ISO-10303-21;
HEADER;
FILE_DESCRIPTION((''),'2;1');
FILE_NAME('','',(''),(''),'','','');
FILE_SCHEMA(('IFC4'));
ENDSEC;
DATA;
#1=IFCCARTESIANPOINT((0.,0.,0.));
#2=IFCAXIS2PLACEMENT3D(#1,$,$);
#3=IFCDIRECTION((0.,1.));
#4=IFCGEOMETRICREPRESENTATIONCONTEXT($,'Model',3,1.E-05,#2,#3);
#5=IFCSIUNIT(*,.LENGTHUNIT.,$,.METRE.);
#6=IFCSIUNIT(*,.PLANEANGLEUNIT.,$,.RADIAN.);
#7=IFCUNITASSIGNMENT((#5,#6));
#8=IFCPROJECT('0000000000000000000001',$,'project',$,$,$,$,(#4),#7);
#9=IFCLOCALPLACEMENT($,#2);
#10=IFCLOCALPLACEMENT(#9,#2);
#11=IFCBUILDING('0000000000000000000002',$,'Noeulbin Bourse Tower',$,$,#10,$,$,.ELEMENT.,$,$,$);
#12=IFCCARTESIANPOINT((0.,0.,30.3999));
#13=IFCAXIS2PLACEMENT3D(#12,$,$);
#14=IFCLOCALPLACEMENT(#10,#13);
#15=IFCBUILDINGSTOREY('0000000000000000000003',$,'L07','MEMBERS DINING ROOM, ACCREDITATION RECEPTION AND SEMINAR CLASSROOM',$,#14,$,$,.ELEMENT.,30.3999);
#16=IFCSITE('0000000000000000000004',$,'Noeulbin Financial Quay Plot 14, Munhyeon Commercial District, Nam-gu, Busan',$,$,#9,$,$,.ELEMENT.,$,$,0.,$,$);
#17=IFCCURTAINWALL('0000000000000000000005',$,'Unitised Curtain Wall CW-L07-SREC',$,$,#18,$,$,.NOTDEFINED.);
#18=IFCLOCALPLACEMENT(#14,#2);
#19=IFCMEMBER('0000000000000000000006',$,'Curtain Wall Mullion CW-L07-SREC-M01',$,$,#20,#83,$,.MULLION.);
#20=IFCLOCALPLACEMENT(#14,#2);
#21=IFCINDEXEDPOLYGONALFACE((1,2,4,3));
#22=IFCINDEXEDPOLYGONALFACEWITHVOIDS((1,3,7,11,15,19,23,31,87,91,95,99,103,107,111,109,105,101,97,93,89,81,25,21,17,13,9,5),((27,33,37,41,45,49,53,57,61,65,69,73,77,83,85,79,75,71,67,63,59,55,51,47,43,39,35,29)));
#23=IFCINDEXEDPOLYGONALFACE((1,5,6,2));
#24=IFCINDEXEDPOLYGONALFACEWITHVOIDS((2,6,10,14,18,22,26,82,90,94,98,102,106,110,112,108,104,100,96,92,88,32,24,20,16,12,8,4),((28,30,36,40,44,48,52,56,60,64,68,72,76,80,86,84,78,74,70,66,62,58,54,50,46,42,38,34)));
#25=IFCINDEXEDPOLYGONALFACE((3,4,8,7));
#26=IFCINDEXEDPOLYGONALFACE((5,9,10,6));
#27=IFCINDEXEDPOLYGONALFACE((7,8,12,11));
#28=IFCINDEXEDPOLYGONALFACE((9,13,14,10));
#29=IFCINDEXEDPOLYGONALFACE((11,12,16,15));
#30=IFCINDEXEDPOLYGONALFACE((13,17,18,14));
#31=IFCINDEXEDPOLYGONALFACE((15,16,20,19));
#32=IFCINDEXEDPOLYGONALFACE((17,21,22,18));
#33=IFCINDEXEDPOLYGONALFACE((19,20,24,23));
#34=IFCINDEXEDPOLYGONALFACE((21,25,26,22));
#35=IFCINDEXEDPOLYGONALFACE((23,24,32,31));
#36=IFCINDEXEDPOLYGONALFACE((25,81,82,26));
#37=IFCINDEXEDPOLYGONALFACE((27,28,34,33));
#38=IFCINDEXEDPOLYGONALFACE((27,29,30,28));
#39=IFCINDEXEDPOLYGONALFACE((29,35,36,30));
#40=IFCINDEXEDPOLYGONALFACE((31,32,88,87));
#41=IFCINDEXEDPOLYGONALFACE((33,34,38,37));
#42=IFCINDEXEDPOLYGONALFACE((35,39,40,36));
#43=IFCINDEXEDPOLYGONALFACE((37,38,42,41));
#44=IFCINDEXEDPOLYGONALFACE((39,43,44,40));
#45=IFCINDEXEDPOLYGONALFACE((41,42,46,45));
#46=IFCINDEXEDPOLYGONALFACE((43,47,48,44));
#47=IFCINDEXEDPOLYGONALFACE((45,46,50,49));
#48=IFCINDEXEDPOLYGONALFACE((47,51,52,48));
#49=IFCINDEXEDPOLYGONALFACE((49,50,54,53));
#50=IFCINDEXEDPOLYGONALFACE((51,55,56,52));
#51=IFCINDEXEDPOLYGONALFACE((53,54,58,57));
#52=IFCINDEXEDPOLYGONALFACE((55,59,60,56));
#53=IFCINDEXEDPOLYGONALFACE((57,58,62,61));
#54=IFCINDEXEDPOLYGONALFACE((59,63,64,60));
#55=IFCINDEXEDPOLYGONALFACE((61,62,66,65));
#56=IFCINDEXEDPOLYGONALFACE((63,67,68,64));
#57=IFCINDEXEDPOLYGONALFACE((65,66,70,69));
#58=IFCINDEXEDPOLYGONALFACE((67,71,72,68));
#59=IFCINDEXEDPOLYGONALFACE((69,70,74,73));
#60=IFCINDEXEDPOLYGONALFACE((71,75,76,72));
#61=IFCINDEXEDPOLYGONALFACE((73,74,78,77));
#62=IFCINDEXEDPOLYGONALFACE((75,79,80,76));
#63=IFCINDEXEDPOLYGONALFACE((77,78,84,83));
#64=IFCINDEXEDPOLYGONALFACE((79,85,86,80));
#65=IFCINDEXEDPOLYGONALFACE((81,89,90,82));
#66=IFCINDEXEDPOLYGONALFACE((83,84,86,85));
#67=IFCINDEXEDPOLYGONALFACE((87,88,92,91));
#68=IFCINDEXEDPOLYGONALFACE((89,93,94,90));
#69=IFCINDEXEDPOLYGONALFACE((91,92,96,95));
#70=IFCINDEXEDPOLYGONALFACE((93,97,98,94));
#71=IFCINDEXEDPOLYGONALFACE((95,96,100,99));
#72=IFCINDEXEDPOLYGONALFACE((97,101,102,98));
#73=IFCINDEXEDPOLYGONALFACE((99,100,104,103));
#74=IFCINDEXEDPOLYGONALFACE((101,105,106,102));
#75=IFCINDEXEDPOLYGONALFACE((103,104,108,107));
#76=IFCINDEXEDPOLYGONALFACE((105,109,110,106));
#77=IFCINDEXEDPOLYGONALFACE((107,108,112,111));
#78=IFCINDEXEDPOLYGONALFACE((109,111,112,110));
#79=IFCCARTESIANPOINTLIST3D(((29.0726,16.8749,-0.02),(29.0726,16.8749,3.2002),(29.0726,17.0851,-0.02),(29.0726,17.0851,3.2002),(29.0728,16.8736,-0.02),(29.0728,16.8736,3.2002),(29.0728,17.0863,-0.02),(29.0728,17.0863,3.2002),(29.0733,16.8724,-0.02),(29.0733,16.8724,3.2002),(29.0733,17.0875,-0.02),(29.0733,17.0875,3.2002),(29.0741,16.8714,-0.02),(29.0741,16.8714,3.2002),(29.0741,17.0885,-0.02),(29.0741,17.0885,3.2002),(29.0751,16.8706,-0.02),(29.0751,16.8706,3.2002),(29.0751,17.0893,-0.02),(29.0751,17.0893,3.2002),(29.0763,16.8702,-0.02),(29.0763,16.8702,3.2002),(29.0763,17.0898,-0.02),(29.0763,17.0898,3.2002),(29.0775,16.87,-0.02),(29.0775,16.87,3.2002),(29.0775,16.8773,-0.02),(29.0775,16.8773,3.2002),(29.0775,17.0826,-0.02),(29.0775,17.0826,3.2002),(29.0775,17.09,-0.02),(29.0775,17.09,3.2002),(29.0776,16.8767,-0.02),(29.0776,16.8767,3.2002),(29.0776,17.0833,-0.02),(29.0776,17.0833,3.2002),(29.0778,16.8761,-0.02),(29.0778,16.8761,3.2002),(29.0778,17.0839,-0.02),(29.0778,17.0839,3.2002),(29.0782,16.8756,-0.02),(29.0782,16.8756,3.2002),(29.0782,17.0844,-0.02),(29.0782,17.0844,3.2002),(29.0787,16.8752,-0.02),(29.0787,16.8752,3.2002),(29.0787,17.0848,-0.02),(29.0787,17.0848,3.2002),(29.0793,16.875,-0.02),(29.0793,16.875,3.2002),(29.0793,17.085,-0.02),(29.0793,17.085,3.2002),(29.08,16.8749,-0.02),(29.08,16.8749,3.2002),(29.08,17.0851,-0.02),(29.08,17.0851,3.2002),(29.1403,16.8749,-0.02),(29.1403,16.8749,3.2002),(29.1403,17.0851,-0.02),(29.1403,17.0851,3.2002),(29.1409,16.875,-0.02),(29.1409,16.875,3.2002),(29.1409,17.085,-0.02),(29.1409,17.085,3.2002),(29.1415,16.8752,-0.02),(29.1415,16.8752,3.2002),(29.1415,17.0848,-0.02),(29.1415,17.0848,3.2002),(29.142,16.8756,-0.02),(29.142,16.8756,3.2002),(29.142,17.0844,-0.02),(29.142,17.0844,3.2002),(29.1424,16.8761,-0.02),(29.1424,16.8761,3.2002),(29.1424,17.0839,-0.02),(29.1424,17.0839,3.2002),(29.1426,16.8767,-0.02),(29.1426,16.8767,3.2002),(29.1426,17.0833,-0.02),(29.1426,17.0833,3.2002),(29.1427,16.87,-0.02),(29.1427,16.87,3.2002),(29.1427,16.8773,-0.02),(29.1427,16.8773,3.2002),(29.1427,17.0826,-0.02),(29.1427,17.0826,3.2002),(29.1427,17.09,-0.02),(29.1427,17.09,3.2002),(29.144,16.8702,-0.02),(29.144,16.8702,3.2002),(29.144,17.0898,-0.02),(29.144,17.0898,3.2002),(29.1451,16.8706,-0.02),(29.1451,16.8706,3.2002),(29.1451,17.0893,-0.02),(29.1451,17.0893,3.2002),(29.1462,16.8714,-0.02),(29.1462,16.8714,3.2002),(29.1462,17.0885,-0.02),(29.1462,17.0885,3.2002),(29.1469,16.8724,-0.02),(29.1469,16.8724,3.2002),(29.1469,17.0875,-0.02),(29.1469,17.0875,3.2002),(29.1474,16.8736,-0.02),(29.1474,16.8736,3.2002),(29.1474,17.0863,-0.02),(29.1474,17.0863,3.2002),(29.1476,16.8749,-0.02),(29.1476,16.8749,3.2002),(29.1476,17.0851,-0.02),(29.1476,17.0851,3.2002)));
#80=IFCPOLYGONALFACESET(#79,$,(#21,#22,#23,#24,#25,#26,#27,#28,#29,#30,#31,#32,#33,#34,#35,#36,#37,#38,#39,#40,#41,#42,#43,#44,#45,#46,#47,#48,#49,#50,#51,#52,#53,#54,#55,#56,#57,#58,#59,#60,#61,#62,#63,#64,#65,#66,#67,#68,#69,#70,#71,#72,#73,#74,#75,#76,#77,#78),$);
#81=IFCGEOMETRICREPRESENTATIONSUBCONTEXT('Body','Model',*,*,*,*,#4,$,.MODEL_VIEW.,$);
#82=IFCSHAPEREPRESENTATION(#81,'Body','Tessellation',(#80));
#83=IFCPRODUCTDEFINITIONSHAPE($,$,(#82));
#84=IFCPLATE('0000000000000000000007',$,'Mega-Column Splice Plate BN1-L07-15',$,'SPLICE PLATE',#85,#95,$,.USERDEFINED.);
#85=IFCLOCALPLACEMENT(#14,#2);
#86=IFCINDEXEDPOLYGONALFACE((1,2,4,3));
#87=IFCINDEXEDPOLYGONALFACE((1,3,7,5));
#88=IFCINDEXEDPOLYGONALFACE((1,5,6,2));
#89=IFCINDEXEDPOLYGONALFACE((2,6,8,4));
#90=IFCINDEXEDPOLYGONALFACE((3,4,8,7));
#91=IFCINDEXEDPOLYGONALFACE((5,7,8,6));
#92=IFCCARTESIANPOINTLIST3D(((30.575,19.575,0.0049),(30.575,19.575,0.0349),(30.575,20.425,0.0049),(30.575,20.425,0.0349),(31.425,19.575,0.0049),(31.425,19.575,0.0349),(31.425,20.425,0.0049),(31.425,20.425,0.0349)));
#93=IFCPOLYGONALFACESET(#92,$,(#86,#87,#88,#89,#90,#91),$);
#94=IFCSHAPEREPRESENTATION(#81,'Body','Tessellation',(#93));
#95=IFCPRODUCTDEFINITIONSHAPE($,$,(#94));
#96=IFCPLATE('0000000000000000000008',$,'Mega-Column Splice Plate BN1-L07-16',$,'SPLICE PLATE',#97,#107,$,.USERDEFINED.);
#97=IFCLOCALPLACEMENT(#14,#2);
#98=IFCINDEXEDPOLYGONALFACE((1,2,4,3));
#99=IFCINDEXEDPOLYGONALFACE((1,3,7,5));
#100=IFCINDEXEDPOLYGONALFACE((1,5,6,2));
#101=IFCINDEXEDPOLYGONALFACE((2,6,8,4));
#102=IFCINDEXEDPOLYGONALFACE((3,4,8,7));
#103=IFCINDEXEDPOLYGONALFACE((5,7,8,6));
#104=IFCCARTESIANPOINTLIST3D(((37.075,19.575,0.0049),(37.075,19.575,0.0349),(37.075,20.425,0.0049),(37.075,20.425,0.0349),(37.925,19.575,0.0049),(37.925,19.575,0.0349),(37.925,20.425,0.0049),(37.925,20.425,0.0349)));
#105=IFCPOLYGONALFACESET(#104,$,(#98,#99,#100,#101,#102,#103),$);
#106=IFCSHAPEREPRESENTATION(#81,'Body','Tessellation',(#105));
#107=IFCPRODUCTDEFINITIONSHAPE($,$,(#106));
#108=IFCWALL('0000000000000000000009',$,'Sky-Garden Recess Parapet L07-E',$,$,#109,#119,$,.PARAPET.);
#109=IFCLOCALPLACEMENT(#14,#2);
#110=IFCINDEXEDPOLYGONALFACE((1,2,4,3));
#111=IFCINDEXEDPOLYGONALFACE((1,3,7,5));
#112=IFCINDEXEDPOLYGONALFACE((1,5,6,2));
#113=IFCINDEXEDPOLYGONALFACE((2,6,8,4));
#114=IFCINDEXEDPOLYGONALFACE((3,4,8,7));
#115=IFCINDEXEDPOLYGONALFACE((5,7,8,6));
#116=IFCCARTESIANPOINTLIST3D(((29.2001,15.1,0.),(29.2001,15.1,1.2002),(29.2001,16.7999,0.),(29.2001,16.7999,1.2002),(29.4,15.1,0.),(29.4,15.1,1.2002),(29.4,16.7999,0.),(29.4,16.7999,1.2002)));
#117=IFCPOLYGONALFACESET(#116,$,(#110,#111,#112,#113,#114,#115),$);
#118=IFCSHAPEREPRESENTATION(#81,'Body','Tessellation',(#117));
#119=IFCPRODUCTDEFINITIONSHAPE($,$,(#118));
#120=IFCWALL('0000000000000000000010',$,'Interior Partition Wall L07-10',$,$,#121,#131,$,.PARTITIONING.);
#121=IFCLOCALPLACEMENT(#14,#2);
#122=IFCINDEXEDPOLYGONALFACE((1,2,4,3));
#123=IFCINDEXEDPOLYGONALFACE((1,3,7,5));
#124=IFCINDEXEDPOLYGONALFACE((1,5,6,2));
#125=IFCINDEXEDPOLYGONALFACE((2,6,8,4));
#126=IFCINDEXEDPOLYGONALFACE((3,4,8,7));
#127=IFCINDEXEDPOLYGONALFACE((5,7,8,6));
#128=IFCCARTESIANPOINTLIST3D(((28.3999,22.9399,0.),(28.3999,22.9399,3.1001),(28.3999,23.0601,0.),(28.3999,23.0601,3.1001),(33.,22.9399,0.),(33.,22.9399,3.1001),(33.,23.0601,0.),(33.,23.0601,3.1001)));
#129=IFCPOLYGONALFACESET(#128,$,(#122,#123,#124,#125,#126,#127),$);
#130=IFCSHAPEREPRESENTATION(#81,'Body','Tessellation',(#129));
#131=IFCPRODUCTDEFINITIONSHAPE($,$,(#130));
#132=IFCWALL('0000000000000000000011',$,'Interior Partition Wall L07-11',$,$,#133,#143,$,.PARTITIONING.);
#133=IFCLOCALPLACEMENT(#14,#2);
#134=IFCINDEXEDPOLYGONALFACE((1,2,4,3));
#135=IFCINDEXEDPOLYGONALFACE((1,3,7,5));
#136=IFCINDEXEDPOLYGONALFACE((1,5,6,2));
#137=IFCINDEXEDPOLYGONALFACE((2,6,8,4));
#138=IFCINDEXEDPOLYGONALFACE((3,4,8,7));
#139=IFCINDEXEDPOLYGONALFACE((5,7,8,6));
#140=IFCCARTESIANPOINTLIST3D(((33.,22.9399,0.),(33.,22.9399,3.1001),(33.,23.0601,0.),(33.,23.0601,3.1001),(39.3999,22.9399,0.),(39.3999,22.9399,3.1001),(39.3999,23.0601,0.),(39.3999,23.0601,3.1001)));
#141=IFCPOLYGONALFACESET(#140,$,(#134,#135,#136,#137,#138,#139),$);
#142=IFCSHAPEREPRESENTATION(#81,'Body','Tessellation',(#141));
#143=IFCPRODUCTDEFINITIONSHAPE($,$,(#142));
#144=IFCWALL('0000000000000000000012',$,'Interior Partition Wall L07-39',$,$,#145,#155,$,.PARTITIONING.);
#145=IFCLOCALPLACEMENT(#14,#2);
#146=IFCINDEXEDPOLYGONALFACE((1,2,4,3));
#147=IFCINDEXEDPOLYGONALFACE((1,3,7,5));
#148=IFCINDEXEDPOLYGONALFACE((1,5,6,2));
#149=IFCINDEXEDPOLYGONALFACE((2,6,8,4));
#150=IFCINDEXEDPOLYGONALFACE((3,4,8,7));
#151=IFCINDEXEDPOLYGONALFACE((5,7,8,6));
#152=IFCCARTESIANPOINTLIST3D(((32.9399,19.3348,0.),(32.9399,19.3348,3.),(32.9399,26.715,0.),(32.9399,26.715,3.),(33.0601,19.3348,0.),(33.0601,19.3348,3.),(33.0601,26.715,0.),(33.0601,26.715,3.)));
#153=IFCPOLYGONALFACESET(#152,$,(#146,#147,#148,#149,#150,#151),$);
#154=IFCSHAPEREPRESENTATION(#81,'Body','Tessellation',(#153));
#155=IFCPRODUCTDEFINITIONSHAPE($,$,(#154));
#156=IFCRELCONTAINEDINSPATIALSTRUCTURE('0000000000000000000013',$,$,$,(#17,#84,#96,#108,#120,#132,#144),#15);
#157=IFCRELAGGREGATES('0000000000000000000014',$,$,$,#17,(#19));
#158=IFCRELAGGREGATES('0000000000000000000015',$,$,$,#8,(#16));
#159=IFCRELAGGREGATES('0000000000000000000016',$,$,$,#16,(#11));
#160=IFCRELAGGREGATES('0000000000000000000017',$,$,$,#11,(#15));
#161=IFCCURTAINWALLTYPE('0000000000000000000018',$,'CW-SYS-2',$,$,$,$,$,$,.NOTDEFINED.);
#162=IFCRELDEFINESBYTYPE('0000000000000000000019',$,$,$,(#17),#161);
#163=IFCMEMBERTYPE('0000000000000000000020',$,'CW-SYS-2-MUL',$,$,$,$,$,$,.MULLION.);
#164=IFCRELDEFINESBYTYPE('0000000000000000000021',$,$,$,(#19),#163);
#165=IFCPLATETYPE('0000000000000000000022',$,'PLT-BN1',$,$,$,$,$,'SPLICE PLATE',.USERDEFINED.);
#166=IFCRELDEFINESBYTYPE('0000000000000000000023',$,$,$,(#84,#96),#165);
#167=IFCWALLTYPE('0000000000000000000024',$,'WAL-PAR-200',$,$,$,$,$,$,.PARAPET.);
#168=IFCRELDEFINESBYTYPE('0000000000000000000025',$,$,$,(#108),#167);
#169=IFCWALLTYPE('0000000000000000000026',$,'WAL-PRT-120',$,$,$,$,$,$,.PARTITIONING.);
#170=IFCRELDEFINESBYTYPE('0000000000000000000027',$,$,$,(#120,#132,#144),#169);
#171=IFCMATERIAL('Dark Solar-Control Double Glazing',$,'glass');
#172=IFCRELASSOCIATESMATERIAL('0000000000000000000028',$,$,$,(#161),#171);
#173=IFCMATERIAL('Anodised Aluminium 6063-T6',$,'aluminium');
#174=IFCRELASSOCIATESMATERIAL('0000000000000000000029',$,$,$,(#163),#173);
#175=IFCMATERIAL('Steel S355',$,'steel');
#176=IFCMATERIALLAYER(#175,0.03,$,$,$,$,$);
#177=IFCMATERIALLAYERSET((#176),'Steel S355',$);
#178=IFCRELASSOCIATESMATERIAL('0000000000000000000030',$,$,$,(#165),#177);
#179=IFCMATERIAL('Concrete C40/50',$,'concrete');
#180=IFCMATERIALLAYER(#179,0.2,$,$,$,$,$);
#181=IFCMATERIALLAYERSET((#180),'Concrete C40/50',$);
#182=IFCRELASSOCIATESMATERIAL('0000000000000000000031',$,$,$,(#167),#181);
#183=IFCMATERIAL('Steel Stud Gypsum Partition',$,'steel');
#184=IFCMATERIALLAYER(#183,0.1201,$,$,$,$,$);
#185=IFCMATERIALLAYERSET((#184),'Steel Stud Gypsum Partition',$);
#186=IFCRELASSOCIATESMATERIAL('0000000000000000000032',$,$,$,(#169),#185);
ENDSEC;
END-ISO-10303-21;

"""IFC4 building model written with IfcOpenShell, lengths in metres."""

from ifc_helpers import new_model, si_unit, direction, frame, frame_2d, origin, origin_2d, place, context, subcontext, project, spatial, rectangle, hollow_rectangle, extrude, material, layer, layer_set, material_profile, profile_set, type_object, element, aggregate, save


model = new_model("IFC4")

# Units and contexts
model_context = context("Model", 3, precision=1e-05, world=origin(), true_north=direction((0.0, 1.0)))
body_context = subcontext(model_context, "Body", "Model", "MODEL_VIEW")
ifc_project = project(units=[si_unit("LENGTHUNIT", "METRE"), si_unit("PLANEANGLEUNIT", "RADIAN")], contexts=[model_context])

# Site, building, storey
site_placement = place(None, origin())
site = spatial("IfcSite", under=ifc_project, at=site_placement, Name="Noeulbin Financial Quay Plot 14, Munhyeon Commercial District, Nam-gu, Busan", CompositionType="ELEMENT", RefElevation=0.0)
building_placement = place(site_placement, origin())
building = spatial("IfcBuilding", under=site, at=building_placement, Name="Noeulbin Bourse Tower", CompositionType="ELEMENT")
storey_placement = place(building_placement, frame((0.0, 0.0, 30.3999)))
storey = spatial("IfcBuildingStorey", under=building, at=storey_placement, Name="L07", Description="MEMBERS DINING ROOM, ACCREDITATION RECEPTION AND SEMINAR CLASSROOM", CompositionType="ELEMENT", Elevation=30.3999)

# Shared definitions
ifc_material_1 = material(Name="Steel S355", Category="steel")

# Curtain wall, member
ifc_material_2 = material(Name="Dark Solar-Control Double Glazing", Category="glass")
curtain_wall_type = type_object("IfcCurtainWallType", Name="CW-SYS-2", PredefinedType="NOTDEFINED", material=ifc_material_2)
curtain_wall_placement = place(storey_placement, origin())
curtain_wall = element("IfcCurtainWall", 1, at=curtain_wall_placement, inside=storey, type_object=curtain_wall_type, Name="Unitised Curtain Wall CW-L07-SREC", PredefinedType="NOTDEFINED")
ifc_material_3 = material(Name="Anodised Aluminium 6063-T6", Category="aluminium")
ifc_material_profile_1 = material_profile(ifc_material_3, hollow_rectangle(XDim=0.075, YDim=0.22, WallThickness=0.0049, InnerFilletRadius=0.0024, OuterFilletRadius=0.0049, at=origin_2d()), Name="ALU-MULL-75x220x5", Category="LoadBearing")
ifc_profile_set_1 = profile_set([ifc_material_profile_1], Name="Anodised Aluminium 6063-T6")
member_type = type_object("IfcMemberType", Name="CW-SYS-2-MUL", PredefinedType="MULLION", material=ifc_profile_set_1)
member_placement = place(storey_placement, frame((29.1101, 16.98, -0.02), z_axis=(0.0, 0.0, 1.0), x_axis=(1.0, 0.0, 0.0)))
member = element("IfcMember", 2, at=member_placement, type_object=member_type, Name="Curtain Wall Mullion CW-L07-SREC-M01", PredefinedType="MULLION", context=body_context, shape_type="SweptSolid", body=[
    extrude(hollow_rectangle(XDim=0.075, YDim=0.22, WallThickness=0.0049, InnerFilletRadius=0.0024, OuterFilletRadius=0.0049, at=origin_2d()), origin(), (0.0, 0.0, 1.0), 3.2202),
])
aggregate(curtain_wall, [member])

# Plates
ifc_layer_1 = layer(ifc_material_1, 0.03)
ifc_layer_set_1 = layer_set([ifc_layer_1], Name="Steel S355")
plate_type = type_object("IfcPlateType", Name="PLT-BN1", ElementType="SPLICE PLATE", PredefinedType="USERDEFINED", material=ifc_layer_set_1)
for number, where, z_axis, x_axis, name in (
    (3, (31.0, 20.0, 0.0049), (0.0, 0.0, 1.0), (1.0, 0.0, 0.0), "Mega-Column Splice Plate BN1-L07-15"),
    (4, (37.5, 20.0, 0.0049), (0.0, 0.0, 1.0), (1.0, 0.0, 0.0), "Mega-Column Splice Plate BN1-L07-16"),
):
    element("IfcPlate", number, at=place(storey_placement, frame(where, z_axis=z_axis, x_axis=x_axis)), inside=storey, type_object=plate_type, Name=name, ObjectType="SPLICE PLATE", PredefinedType="USERDEFINED", context=body_context, shape_type="SweptSolid", body=[
        extrude(rectangle(XDim=0.8501, YDim=0.8501, at=origin_2d()), origin(), (0.0, 0.0, 1.0), 0.03),
    ])

# Walls
ifc_material_4 = material(Name="Concrete C40/50", Category="concrete")
ifc_layer_2 = layer(ifc_material_4, 0.2)
ifc_layer_set_2 = layer_set([ifc_layer_2], Name="Concrete C40/50")
wall_type_1 = type_object("IfcWallType", Name="WAL-PAR-200", PredefinedType="PARAPET", material=ifc_layer_set_2)
wall_1_placement = place(storey_placement, frame((29.3, 16.8, 0.0), z_axis=(0.0, 0.0, 1.0), x_axis=(0.0, -1.0, 0.0)))
element("IfcWall", 5, at=wall_1_placement, inside=storey, type_object=wall_type_1, Name="Sky-Garden Recess Parapet L07-E", PredefinedType="PARAPET", context=body_context, shape_type="SweptSolid", body=[
    extrude(rectangle(XDim=1.7, YDim=0.2, at=frame_2d((0.8501, 0.0))), origin(), (0.0, 0.0, 1.0), 1.2002),
])
ifc_material_5 = material(Name="Steel Stud Gypsum Partition", Category="steel")
ifc_layer_3 = layer(ifc_material_5, 0.1201)
ifc_layer_set_3 = layer_set([ifc_layer_3], Name="Steel Stud Gypsum Partition")
wall_type_2 = type_object("IfcWallType", Name="WAL-PRT-120", PredefinedType="PARTITIONING", material=ifc_layer_set_3)
wall_2_placement = place(storey_placement, frame((28.3999, 23.0, 0.0), z_axis=(0.0, 0.0, 1.0), x_axis=(1.0, 0.0, 0.0)))
element("IfcWall", 6, at=wall_2_placement, inside=storey, type_object=wall_type_2, Name="Interior Partition Wall L07-10", PredefinedType="PARTITIONING", context=body_context, shape_type="SweptSolid", body=[
    extrude(rectangle(XDim=4.6001, YDim=0.1201, at=frame_2d((2.3, 0.0))), origin(), (0.0, 0.0, 1.0), 3.1001),
])
wall_3_placement = place(storey_placement, frame((33.0, 23.0, 0.0), z_axis=(0.0, 0.0, 1.0), x_axis=(1.0, 0.0, 0.0)))
element("IfcWall", 7, at=wall_3_placement, inside=storey, type_object=wall_type_2, Name="Interior Partition Wall L07-11", PredefinedType="PARTITIONING", context=body_context, shape_type="SweptSolid", body=[
    extrude(rectangle(XDim=6.3999, YDim=0.1201, at=frame_2d((3.2, 0.0))), origin(), (0.0, 0.0, 1.0), 3.1001),
])
wall_4_placement = place(storey_placement, frame((33.0, 19.335, 0.0), z_axis=(0.0, 0.0, 1.0), x_axis=(0.0, 1.0, 0.0)))
element("IfcWall", 8, at=wall_4_placement, inside=storey, type_object=wall_type_2, Name="Interior Partition Wall L07-39", PredefinedType="PARTITIONING", context=body_context, shape_type="SweptSolid", body=[
    extrude(rectangle(XDim=7.3801, YDim=0.1201, at=frame_2d((3.6899, 0.0))), origin(), (0.0, 0.0, 1.0), 3.0),
])

save(model, "model.ifc")
